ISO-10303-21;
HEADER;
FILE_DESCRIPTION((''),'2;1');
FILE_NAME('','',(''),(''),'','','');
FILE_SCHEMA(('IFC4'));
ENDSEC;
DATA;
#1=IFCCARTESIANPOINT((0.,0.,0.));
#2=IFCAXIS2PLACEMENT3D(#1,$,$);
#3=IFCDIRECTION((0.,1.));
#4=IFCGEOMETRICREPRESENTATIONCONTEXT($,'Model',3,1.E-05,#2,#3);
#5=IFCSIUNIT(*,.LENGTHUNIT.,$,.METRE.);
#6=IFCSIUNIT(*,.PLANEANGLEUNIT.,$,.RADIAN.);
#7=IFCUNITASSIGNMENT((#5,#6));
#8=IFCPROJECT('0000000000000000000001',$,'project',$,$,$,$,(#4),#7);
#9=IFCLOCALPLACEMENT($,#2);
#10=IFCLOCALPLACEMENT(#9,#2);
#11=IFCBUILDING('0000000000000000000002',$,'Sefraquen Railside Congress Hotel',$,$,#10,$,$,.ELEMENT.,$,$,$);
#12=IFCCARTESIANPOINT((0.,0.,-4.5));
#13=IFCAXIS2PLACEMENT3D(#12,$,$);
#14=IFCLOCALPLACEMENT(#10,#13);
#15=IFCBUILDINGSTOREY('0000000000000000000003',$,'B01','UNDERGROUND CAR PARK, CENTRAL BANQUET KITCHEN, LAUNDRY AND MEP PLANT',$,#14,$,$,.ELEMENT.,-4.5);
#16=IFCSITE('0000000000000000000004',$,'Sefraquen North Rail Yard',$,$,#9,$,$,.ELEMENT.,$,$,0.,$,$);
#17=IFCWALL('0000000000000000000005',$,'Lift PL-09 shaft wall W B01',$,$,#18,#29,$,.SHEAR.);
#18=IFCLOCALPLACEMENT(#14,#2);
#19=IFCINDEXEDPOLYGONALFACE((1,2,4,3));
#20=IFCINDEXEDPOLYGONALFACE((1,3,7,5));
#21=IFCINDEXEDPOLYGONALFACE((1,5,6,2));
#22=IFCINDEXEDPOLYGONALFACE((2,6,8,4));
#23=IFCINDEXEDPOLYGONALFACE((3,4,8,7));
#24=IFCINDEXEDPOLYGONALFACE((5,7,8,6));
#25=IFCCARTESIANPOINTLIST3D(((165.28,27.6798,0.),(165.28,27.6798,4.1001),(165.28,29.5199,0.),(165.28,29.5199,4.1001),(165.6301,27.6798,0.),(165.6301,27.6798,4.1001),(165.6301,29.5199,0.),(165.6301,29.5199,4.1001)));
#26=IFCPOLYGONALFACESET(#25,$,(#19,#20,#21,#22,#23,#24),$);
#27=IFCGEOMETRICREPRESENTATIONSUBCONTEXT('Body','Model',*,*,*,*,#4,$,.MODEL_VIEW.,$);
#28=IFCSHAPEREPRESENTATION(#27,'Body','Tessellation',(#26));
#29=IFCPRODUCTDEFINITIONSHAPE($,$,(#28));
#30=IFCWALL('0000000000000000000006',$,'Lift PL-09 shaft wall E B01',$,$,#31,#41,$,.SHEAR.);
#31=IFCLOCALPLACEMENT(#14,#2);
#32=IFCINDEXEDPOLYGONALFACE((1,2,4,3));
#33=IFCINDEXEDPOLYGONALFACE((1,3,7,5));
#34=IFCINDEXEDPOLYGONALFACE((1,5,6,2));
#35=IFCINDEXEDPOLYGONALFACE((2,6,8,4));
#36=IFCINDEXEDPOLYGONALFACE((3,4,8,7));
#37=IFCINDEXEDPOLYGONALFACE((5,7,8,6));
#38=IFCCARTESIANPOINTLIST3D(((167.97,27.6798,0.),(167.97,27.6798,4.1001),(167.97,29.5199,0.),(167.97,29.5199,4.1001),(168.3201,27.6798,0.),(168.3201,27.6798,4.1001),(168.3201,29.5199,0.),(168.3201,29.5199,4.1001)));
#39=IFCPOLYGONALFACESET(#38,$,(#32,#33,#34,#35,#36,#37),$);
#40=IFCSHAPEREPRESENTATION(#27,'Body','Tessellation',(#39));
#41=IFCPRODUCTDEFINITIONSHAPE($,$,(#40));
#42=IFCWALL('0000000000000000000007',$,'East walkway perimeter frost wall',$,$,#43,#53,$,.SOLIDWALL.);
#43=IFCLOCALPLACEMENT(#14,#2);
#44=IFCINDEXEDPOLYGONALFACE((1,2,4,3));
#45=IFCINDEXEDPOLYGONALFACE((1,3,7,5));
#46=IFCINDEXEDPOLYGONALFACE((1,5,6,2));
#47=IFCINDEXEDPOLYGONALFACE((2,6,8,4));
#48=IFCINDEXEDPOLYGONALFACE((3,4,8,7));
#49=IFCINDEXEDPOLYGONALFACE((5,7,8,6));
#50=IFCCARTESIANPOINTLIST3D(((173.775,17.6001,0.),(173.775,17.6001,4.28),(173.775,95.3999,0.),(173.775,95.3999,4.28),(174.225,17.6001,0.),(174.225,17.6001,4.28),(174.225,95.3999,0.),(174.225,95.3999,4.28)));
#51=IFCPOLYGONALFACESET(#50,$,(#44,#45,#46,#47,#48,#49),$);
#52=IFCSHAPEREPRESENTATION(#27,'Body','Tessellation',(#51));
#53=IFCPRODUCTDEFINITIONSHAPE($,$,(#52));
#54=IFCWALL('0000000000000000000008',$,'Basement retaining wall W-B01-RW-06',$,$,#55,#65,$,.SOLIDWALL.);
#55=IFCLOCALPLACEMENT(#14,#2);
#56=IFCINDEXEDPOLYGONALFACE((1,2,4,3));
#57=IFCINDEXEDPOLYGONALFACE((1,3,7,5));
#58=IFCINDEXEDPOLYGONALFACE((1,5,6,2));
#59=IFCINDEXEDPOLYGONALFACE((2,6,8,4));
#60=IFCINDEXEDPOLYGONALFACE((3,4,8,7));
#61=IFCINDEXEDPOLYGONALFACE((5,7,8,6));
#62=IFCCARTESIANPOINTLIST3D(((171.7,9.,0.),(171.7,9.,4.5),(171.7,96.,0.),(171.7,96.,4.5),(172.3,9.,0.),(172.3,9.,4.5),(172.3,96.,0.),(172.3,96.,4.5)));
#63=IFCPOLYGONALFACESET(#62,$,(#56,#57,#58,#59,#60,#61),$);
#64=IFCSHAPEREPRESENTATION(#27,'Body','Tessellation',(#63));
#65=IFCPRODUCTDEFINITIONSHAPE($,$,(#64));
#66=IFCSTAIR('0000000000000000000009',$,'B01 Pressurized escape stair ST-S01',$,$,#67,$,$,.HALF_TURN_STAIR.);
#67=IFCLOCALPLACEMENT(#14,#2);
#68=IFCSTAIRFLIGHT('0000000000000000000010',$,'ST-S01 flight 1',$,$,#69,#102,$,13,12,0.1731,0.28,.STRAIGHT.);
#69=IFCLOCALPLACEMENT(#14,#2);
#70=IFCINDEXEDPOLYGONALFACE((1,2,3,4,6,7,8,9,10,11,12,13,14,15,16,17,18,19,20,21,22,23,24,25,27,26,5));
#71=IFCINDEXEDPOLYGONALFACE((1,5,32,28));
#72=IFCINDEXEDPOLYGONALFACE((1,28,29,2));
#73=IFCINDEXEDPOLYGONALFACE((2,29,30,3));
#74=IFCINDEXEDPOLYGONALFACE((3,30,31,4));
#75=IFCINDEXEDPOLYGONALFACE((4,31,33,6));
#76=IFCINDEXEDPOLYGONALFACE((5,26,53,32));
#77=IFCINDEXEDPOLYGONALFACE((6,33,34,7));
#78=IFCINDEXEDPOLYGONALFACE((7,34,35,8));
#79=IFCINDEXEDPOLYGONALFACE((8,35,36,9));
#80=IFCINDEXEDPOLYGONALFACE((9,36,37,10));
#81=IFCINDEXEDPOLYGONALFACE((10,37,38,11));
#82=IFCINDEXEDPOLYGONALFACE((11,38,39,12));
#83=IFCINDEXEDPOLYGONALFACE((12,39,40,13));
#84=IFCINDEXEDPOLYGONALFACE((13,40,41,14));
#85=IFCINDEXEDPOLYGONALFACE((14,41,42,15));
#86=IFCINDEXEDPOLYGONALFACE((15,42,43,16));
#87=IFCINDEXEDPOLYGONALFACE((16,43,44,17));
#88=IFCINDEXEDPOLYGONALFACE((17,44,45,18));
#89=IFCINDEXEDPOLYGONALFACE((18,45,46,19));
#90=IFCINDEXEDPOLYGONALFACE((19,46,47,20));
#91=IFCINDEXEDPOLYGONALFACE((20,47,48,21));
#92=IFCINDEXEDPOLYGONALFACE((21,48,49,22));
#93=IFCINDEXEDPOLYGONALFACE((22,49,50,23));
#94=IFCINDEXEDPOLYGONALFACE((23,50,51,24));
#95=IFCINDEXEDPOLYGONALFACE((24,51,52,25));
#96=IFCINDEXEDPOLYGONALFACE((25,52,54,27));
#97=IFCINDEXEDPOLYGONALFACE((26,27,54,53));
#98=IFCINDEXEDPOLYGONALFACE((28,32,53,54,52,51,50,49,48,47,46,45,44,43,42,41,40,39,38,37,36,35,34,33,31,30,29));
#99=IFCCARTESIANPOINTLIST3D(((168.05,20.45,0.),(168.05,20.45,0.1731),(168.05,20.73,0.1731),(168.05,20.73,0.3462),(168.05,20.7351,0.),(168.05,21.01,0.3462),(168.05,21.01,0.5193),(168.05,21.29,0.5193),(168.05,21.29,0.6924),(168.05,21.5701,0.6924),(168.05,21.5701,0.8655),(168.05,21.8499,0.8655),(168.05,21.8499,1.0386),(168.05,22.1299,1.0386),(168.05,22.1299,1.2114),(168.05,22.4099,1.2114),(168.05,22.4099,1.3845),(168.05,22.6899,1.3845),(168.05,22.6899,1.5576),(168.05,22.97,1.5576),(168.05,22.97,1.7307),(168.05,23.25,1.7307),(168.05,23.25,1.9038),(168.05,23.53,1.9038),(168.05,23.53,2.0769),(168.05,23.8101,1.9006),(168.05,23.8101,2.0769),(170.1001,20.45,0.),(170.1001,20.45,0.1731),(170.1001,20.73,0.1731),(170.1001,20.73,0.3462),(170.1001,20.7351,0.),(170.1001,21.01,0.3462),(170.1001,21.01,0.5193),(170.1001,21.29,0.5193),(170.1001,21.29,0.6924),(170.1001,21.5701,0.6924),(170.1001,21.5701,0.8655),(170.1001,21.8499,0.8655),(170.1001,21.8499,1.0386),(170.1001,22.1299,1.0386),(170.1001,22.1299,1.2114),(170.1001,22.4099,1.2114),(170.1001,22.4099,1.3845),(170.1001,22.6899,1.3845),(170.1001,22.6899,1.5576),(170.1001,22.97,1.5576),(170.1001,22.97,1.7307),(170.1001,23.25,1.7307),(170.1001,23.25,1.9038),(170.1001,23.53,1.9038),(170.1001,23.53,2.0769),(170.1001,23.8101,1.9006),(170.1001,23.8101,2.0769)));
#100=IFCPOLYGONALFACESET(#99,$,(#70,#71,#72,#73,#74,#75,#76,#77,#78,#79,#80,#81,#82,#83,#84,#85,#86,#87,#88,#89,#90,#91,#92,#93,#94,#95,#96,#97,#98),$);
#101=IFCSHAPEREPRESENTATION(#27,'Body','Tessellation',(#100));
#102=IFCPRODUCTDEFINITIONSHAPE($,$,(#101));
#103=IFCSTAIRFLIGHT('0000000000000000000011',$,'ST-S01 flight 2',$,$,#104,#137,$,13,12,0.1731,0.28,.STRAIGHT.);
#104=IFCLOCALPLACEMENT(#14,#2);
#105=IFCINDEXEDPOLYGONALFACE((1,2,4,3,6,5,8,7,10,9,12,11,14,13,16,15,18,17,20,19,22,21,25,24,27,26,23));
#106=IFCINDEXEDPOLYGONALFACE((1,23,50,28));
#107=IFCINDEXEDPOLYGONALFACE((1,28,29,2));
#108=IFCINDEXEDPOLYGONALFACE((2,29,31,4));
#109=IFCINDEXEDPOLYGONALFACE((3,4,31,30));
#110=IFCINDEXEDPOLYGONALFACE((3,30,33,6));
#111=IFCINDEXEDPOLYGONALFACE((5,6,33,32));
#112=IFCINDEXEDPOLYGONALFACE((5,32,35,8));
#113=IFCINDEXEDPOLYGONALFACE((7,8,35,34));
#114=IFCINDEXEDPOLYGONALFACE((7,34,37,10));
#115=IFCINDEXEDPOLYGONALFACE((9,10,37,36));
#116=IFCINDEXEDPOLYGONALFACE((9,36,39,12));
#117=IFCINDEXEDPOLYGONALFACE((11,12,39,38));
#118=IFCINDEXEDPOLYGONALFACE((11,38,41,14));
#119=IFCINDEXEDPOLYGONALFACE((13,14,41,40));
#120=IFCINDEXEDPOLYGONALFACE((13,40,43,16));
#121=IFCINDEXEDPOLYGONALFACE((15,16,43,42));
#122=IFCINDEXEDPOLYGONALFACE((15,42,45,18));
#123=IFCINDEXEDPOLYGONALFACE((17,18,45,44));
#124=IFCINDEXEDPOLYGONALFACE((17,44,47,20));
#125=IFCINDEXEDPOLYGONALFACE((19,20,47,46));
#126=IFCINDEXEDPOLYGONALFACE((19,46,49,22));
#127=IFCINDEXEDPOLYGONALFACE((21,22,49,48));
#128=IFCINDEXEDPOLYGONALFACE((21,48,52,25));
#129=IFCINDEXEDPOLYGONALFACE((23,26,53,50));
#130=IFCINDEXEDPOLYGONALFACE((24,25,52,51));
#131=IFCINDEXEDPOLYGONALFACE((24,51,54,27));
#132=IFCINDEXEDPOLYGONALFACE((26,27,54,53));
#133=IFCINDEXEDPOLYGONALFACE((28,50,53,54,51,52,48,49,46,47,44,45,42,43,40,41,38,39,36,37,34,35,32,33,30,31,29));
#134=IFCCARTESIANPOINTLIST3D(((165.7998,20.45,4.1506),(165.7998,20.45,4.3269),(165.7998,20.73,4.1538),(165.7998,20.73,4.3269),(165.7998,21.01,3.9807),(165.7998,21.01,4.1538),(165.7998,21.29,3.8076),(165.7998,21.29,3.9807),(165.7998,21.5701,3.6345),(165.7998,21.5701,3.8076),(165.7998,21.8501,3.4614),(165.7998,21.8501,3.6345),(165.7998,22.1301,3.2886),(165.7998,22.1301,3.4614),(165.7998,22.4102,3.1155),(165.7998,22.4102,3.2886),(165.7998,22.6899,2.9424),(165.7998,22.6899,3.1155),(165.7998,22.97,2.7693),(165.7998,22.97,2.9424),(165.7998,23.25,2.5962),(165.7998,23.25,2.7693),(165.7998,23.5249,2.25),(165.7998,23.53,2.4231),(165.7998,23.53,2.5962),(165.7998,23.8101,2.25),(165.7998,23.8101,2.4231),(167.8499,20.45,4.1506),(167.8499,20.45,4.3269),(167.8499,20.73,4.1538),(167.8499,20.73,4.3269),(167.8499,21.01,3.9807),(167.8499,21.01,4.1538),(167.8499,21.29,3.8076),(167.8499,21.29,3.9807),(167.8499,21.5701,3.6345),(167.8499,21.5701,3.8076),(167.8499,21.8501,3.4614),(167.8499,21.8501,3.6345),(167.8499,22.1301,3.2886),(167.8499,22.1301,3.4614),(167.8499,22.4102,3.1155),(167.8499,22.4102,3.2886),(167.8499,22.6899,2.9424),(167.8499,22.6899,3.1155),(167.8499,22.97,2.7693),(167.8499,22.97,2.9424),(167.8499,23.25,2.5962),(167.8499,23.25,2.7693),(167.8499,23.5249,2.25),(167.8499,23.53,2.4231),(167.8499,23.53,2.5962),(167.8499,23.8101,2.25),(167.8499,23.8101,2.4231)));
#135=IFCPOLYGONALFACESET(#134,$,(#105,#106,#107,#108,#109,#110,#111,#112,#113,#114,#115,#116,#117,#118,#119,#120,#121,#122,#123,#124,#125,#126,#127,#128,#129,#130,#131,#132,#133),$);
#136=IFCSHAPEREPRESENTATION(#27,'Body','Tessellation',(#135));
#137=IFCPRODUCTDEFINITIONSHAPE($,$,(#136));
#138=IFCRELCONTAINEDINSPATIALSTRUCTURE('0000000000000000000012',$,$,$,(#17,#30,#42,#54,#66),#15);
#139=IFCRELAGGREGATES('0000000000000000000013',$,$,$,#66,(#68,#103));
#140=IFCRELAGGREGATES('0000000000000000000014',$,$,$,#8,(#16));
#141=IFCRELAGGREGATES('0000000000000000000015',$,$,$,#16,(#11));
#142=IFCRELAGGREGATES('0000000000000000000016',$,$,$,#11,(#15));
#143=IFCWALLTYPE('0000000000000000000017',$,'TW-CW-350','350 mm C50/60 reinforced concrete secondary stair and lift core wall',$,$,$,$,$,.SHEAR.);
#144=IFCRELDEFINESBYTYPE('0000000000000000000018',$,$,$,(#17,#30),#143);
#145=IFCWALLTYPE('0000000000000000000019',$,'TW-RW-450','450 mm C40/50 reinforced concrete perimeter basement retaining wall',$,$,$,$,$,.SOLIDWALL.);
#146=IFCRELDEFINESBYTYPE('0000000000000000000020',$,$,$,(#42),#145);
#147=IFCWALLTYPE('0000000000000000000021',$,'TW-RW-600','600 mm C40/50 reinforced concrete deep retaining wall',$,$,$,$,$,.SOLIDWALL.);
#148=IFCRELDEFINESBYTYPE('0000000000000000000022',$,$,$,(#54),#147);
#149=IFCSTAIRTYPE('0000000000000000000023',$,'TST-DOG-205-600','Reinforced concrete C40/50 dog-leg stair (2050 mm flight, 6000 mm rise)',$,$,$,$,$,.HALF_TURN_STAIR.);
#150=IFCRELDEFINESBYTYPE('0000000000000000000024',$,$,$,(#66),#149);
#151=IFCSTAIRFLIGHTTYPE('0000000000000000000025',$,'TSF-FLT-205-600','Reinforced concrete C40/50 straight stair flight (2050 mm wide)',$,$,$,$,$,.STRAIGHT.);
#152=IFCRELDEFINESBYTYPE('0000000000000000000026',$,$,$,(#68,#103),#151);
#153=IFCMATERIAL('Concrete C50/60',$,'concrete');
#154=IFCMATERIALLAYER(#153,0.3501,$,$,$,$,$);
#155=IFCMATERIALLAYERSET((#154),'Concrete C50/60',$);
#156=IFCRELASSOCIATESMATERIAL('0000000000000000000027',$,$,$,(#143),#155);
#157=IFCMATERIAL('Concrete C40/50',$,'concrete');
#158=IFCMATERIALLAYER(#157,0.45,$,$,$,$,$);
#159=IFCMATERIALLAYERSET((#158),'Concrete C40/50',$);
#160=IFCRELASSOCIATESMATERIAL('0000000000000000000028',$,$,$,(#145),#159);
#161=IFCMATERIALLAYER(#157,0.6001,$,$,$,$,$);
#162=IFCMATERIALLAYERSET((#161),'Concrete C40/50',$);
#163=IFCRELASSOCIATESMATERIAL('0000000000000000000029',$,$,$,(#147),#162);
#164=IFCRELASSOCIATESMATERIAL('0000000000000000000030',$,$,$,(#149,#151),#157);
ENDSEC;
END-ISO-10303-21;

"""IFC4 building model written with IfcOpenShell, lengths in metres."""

from ifc_helpers import new_model, si_unit, direction, frame, frame_2d, origin, place, context, subcontext, project, spatial, polyline, rectangle, outline, extrude, material, layer, layer_set, type_object, element, aggregate, save


model = new_model("IFC4")

# Units and contexts
model_context = context("Model", 3, precision=1e-05, world=origin(), true_north=direction((0.0, 1.0)))
body_context = subcontext(model_context, "Body", "Model", "MODEL_VIEW")
ifc_project = project(units=[si_unit("LENGTHUNIT", "METRE"), si_unit("PLANEANGLEUNIT", "RADIAN")], contexts=[model_context])

# Site, building, storey
site_placement = place(None, origin())
site = spatial("IfcSite", under=ifc_project, at=site_placement, Name="Sefraquen North Rail Yard", CompositionType="ELEMENT", RefElevation=0.0)
building_placement = place(site_placement, origin())
building = spatial("IfcBuilding", under=site, at=building_placement, Name="Sefraquen Railside Congress Hotel", CompositionType="ELEMENT")
storey_placement = place(building_placement, frame((0.0, 0.0, -4.5)))
storey = spatial("IfcBuildingStorey", under=building, at=storey_placement, Name="B01", Description="UNDERGROUND CAR PARK, CENTRAL BANQUET KITCHEN, LAUNDRY AND MEP PLANT", CompositionType="ELEMENT", Elevation=-4.5)

# Shared definitions
ifc_material_1 = material(Name="Concrete C40/50", Category="concrete")

# Shared definitions
ifc_material_2 = material(Name="Concrete C50/60", Category="concrete")
ifc_layer_1 = layer(ifc_material_2, 0.3501)
ifc_layer_set_1 = layer_set([ifc_layer_1], Name="Concrete C50/60")
wall_type_1 = type_object("IfcWallType", Name="TW-CW-350", Description="350 mm C50/60 reinforced concrete secondary stair and lift core wall", PredefinedType="SHEAR", material=ifc_layer_set_1)

# Walls
for number, where, z_axis, x_axis, name in (
    (1, (165.4551, 27.6799, 0.0), (0.0, 0.0, 1.0), (0.0, 1.0, 0.0), "Lift PL-09 shaft wall W B01"),
    (2, (168.145, 27.6799, 0.0), (0.0, 0.0, 1.0), (0.0, 1.0, 0.0), "Lift PL-09 shaft wall E B01"),
):
    element("IfcWall", number, at=place(storey_placement, frame(where, z_axis=z_axis, x_axis=x_axis)), inside=storey, type_object=wall_type_1, Name=name, PredefinedType="SHEAR", context=body_context, shape_type="SweptSolid", body=[
        extrude(rectangle(XDim=1.8401, YDim=0.3501, at=frame_2d((0.9199, 0.0))), origin(), (0.0, 0.0, 1.0), 4.1001),
    ])
ifc_layer_2 = layer(ifc_material_1, 0.45)
ifc_layer_set_2 = layer_set([ifc_layer_2], Name="Concrete C40/50")
wall_type_2 = type_object("IfcWallType", Name="TW-RW-450", Description="450 mm C40/50 reinforced concrete perimeter basement retaining wall", PredefinedType="SOLIDWALL", material=ifc_layer_set_2)
wall_1_placement = place(storey_placement, frame((174.0, 17.6001, 0.0), z_axis=(0.0, 0.0, 1.0), x_axis=(0.0, 1.0, 0.0)))
element("IfcWall", 3, at=wall_1_placement, inside=storey, type_object=wall_type_2, Name="East walkway perimeter frost wall", PredefinedType="SOLIDWALL", context=body_context, shape_type="SweptSolid", body=[
    extrude(rectangle(XDim=77.7998, YDim=0.45, at=frame_2d((38.8999, 0.0))), origin(), (0.0, 0.0, 1.0), 4.28),
])
ifc_layer_3 = layer(ifc_material_1, 0.6001)
ifc_layer_set_3 = layer_set([ifc_layer_3], Name="Concrete C40/50")
wall_type_3 = type_object("IfcWallType", Name="TW-RW-600", Description="600 mm C40/50 reinforced concrete deep retaining wall", PredefinedType="SOLIDWALL", material=ifc_layer_set_3)
wall_2_placement = place(storey_placement, frame((172.0, 9.0, 0.0), z_axis=(0.0, 0.0, 1.0), x_axis=(0.0, 1.0, 0.0)))
element("IfcWall", 4, at=wall_2_placement, inside=storey, type_object=wall_type_3, Name="Basement retaining wall W-B01-RW-06", PredefinedType="SOLIDWALL", context=body_context, shape_type="SweptSolid", body=[
    extrude(rectangle(XDim=87.0, YDim=0.6001, at=frame_2d((43.5, 0.0))), origin(), (0.0, 0.0, 1.0), 4.5),
])

# Stair, stair flights
stair_type = type_object("IfcStairType", Name="TST-DOG-205-600", Description="Reinforced concrete C40/50 dog-leg stair (2050 mm flight, 6000 mm rise)", PredefinedType="HALF_TURN_STAIR", material=ifc_material_1)
stair_placement = place(storey_placement, origin())
stair = element("IfcStair", 5, at=stair_placement, inside=storey, type_object=stair_type, Name="B01 Pressurized escape stair ST-S01", PredefinedType="HALF_TURN_STAIR")
stair_flight_type = type_object("IfcStairFlightType", Name="TSF-FLT-205-600", Description="Reinforced concrete C40/50 straight stair flight (2050 mm wide)", PredefinedType="STRAIGHT", material=ifc_material_1)
stair_flight_1_placement = place(storey_placement, frame((169.075, 20.45, 0.0), z_axis=(0.0, 0.0, 1.0), x_axis=(0.0, 1.0, 0.0)))
stair_flight_1 = element("IfcStairFlight", 6, at=stair_flight_1_placement, type_object=stair_flight_type, Name="ST-S01 flight 1", NumberOfRisers=13, NumberOfTreads=12, PredefinedType="STRAIGHT", RiserHeight=0.1731, TreadLength=0.28, context=body_context, shape_type="SweptSolid", body=[
    extrude(outline(polyline([(0.0, 0.0), (0.0, 0.1731), (0.28, 0.1731), (0.28, 0.3462), (0.5601, 0.3462), (0.5601, 0.5193), (0.8401, 0.5193), (0.8401, 0.6924), (1.1201, 0.6924), (1.1201, 0.8655), (1.3999, 0.8655), (1.3999, 1.0386), (1.6799, 1.0386), (1.6799, 1.2114), (1.96, 1.2114), (1.96, 1.3845), (2.24, 1.3845), (2.24, 1.5576), (2.52, 1.5576), (2.52, 1.7307), (2.8, 1.7307), (2.8, 1.9038), (3.0801, 1.9038), (3.0801, 2.0769), (3.3601, 2.0769), (3.3601, 2.25), (3.3601, 1.9006), (0.2852, 0.0), (0.0, 0.0)])), frame((0.0, 1.0249, 0.0), z_axis=(0.0, -1.0, 0.0), x_axis=(1.0, 0.0, 0.0)), (0.0, 0.0, 1.0), 2.05),
])
stair_flight_2_placement = place(storey_placement, frame((166.825, 23.8101, 2.25), z_axis=(0.0, 0.0, 1.0), x_axis=(0.0, -1.0, 0.0)))
stair_flight_2 = element("IfcStairFlight", 7, at=stair_flight_2_placement, type_object=stair_flight_type, Name="ST-S01 flight 2", NumberOfRisers=13, NumberOfTreads=12, PredefinedType="STRAIGHT", RiserHeight=0.1731, TreadLength=0.28, context=body_context, shape_type="SweptSolid", body=[
    extrude(outline(polyline([(0.0, 0.0), (0.0, 0.1731), (0.28, 0.1731), (0.28, 0.3462), (0.5601, 0.3462), (0.5601, 0.5193), (0.8401, 0.5193), (0.8401, 0.6924), (1.1201, 0.6924), (1.1201, 0.8655), (1.3999, 0.8655), (1.3999, 1.0386), (1.6799, 1.0386), (1.6799, 1.2114), (1.96, 1.2114), (1.96, 1.3845), (2.24, 1.3845), (2.24, 1.5576), (2.52, 1.5576), (2.52, 1.7307), (2.8, 1.7307), (2.8, 1.9038), (3.0801, 1.9038), (3.0801, 2.0769), (3.3601, 2.0769), (3.3601, 2.25), (3.3601, 1.9006), (0.2852, 0.0), (0.0, 0.0)])), frame((0.0, 1.0249, 0.0), z_axis=(0.0, -1.0, 0.0), x_axis=(1.0, 0.0, 0.0)), (0.0, 0.0, 1.0), 2.05),
])
aggregate(stair, [stair_flight_1, stair_flight_2])

save(model, "model.ifc")
